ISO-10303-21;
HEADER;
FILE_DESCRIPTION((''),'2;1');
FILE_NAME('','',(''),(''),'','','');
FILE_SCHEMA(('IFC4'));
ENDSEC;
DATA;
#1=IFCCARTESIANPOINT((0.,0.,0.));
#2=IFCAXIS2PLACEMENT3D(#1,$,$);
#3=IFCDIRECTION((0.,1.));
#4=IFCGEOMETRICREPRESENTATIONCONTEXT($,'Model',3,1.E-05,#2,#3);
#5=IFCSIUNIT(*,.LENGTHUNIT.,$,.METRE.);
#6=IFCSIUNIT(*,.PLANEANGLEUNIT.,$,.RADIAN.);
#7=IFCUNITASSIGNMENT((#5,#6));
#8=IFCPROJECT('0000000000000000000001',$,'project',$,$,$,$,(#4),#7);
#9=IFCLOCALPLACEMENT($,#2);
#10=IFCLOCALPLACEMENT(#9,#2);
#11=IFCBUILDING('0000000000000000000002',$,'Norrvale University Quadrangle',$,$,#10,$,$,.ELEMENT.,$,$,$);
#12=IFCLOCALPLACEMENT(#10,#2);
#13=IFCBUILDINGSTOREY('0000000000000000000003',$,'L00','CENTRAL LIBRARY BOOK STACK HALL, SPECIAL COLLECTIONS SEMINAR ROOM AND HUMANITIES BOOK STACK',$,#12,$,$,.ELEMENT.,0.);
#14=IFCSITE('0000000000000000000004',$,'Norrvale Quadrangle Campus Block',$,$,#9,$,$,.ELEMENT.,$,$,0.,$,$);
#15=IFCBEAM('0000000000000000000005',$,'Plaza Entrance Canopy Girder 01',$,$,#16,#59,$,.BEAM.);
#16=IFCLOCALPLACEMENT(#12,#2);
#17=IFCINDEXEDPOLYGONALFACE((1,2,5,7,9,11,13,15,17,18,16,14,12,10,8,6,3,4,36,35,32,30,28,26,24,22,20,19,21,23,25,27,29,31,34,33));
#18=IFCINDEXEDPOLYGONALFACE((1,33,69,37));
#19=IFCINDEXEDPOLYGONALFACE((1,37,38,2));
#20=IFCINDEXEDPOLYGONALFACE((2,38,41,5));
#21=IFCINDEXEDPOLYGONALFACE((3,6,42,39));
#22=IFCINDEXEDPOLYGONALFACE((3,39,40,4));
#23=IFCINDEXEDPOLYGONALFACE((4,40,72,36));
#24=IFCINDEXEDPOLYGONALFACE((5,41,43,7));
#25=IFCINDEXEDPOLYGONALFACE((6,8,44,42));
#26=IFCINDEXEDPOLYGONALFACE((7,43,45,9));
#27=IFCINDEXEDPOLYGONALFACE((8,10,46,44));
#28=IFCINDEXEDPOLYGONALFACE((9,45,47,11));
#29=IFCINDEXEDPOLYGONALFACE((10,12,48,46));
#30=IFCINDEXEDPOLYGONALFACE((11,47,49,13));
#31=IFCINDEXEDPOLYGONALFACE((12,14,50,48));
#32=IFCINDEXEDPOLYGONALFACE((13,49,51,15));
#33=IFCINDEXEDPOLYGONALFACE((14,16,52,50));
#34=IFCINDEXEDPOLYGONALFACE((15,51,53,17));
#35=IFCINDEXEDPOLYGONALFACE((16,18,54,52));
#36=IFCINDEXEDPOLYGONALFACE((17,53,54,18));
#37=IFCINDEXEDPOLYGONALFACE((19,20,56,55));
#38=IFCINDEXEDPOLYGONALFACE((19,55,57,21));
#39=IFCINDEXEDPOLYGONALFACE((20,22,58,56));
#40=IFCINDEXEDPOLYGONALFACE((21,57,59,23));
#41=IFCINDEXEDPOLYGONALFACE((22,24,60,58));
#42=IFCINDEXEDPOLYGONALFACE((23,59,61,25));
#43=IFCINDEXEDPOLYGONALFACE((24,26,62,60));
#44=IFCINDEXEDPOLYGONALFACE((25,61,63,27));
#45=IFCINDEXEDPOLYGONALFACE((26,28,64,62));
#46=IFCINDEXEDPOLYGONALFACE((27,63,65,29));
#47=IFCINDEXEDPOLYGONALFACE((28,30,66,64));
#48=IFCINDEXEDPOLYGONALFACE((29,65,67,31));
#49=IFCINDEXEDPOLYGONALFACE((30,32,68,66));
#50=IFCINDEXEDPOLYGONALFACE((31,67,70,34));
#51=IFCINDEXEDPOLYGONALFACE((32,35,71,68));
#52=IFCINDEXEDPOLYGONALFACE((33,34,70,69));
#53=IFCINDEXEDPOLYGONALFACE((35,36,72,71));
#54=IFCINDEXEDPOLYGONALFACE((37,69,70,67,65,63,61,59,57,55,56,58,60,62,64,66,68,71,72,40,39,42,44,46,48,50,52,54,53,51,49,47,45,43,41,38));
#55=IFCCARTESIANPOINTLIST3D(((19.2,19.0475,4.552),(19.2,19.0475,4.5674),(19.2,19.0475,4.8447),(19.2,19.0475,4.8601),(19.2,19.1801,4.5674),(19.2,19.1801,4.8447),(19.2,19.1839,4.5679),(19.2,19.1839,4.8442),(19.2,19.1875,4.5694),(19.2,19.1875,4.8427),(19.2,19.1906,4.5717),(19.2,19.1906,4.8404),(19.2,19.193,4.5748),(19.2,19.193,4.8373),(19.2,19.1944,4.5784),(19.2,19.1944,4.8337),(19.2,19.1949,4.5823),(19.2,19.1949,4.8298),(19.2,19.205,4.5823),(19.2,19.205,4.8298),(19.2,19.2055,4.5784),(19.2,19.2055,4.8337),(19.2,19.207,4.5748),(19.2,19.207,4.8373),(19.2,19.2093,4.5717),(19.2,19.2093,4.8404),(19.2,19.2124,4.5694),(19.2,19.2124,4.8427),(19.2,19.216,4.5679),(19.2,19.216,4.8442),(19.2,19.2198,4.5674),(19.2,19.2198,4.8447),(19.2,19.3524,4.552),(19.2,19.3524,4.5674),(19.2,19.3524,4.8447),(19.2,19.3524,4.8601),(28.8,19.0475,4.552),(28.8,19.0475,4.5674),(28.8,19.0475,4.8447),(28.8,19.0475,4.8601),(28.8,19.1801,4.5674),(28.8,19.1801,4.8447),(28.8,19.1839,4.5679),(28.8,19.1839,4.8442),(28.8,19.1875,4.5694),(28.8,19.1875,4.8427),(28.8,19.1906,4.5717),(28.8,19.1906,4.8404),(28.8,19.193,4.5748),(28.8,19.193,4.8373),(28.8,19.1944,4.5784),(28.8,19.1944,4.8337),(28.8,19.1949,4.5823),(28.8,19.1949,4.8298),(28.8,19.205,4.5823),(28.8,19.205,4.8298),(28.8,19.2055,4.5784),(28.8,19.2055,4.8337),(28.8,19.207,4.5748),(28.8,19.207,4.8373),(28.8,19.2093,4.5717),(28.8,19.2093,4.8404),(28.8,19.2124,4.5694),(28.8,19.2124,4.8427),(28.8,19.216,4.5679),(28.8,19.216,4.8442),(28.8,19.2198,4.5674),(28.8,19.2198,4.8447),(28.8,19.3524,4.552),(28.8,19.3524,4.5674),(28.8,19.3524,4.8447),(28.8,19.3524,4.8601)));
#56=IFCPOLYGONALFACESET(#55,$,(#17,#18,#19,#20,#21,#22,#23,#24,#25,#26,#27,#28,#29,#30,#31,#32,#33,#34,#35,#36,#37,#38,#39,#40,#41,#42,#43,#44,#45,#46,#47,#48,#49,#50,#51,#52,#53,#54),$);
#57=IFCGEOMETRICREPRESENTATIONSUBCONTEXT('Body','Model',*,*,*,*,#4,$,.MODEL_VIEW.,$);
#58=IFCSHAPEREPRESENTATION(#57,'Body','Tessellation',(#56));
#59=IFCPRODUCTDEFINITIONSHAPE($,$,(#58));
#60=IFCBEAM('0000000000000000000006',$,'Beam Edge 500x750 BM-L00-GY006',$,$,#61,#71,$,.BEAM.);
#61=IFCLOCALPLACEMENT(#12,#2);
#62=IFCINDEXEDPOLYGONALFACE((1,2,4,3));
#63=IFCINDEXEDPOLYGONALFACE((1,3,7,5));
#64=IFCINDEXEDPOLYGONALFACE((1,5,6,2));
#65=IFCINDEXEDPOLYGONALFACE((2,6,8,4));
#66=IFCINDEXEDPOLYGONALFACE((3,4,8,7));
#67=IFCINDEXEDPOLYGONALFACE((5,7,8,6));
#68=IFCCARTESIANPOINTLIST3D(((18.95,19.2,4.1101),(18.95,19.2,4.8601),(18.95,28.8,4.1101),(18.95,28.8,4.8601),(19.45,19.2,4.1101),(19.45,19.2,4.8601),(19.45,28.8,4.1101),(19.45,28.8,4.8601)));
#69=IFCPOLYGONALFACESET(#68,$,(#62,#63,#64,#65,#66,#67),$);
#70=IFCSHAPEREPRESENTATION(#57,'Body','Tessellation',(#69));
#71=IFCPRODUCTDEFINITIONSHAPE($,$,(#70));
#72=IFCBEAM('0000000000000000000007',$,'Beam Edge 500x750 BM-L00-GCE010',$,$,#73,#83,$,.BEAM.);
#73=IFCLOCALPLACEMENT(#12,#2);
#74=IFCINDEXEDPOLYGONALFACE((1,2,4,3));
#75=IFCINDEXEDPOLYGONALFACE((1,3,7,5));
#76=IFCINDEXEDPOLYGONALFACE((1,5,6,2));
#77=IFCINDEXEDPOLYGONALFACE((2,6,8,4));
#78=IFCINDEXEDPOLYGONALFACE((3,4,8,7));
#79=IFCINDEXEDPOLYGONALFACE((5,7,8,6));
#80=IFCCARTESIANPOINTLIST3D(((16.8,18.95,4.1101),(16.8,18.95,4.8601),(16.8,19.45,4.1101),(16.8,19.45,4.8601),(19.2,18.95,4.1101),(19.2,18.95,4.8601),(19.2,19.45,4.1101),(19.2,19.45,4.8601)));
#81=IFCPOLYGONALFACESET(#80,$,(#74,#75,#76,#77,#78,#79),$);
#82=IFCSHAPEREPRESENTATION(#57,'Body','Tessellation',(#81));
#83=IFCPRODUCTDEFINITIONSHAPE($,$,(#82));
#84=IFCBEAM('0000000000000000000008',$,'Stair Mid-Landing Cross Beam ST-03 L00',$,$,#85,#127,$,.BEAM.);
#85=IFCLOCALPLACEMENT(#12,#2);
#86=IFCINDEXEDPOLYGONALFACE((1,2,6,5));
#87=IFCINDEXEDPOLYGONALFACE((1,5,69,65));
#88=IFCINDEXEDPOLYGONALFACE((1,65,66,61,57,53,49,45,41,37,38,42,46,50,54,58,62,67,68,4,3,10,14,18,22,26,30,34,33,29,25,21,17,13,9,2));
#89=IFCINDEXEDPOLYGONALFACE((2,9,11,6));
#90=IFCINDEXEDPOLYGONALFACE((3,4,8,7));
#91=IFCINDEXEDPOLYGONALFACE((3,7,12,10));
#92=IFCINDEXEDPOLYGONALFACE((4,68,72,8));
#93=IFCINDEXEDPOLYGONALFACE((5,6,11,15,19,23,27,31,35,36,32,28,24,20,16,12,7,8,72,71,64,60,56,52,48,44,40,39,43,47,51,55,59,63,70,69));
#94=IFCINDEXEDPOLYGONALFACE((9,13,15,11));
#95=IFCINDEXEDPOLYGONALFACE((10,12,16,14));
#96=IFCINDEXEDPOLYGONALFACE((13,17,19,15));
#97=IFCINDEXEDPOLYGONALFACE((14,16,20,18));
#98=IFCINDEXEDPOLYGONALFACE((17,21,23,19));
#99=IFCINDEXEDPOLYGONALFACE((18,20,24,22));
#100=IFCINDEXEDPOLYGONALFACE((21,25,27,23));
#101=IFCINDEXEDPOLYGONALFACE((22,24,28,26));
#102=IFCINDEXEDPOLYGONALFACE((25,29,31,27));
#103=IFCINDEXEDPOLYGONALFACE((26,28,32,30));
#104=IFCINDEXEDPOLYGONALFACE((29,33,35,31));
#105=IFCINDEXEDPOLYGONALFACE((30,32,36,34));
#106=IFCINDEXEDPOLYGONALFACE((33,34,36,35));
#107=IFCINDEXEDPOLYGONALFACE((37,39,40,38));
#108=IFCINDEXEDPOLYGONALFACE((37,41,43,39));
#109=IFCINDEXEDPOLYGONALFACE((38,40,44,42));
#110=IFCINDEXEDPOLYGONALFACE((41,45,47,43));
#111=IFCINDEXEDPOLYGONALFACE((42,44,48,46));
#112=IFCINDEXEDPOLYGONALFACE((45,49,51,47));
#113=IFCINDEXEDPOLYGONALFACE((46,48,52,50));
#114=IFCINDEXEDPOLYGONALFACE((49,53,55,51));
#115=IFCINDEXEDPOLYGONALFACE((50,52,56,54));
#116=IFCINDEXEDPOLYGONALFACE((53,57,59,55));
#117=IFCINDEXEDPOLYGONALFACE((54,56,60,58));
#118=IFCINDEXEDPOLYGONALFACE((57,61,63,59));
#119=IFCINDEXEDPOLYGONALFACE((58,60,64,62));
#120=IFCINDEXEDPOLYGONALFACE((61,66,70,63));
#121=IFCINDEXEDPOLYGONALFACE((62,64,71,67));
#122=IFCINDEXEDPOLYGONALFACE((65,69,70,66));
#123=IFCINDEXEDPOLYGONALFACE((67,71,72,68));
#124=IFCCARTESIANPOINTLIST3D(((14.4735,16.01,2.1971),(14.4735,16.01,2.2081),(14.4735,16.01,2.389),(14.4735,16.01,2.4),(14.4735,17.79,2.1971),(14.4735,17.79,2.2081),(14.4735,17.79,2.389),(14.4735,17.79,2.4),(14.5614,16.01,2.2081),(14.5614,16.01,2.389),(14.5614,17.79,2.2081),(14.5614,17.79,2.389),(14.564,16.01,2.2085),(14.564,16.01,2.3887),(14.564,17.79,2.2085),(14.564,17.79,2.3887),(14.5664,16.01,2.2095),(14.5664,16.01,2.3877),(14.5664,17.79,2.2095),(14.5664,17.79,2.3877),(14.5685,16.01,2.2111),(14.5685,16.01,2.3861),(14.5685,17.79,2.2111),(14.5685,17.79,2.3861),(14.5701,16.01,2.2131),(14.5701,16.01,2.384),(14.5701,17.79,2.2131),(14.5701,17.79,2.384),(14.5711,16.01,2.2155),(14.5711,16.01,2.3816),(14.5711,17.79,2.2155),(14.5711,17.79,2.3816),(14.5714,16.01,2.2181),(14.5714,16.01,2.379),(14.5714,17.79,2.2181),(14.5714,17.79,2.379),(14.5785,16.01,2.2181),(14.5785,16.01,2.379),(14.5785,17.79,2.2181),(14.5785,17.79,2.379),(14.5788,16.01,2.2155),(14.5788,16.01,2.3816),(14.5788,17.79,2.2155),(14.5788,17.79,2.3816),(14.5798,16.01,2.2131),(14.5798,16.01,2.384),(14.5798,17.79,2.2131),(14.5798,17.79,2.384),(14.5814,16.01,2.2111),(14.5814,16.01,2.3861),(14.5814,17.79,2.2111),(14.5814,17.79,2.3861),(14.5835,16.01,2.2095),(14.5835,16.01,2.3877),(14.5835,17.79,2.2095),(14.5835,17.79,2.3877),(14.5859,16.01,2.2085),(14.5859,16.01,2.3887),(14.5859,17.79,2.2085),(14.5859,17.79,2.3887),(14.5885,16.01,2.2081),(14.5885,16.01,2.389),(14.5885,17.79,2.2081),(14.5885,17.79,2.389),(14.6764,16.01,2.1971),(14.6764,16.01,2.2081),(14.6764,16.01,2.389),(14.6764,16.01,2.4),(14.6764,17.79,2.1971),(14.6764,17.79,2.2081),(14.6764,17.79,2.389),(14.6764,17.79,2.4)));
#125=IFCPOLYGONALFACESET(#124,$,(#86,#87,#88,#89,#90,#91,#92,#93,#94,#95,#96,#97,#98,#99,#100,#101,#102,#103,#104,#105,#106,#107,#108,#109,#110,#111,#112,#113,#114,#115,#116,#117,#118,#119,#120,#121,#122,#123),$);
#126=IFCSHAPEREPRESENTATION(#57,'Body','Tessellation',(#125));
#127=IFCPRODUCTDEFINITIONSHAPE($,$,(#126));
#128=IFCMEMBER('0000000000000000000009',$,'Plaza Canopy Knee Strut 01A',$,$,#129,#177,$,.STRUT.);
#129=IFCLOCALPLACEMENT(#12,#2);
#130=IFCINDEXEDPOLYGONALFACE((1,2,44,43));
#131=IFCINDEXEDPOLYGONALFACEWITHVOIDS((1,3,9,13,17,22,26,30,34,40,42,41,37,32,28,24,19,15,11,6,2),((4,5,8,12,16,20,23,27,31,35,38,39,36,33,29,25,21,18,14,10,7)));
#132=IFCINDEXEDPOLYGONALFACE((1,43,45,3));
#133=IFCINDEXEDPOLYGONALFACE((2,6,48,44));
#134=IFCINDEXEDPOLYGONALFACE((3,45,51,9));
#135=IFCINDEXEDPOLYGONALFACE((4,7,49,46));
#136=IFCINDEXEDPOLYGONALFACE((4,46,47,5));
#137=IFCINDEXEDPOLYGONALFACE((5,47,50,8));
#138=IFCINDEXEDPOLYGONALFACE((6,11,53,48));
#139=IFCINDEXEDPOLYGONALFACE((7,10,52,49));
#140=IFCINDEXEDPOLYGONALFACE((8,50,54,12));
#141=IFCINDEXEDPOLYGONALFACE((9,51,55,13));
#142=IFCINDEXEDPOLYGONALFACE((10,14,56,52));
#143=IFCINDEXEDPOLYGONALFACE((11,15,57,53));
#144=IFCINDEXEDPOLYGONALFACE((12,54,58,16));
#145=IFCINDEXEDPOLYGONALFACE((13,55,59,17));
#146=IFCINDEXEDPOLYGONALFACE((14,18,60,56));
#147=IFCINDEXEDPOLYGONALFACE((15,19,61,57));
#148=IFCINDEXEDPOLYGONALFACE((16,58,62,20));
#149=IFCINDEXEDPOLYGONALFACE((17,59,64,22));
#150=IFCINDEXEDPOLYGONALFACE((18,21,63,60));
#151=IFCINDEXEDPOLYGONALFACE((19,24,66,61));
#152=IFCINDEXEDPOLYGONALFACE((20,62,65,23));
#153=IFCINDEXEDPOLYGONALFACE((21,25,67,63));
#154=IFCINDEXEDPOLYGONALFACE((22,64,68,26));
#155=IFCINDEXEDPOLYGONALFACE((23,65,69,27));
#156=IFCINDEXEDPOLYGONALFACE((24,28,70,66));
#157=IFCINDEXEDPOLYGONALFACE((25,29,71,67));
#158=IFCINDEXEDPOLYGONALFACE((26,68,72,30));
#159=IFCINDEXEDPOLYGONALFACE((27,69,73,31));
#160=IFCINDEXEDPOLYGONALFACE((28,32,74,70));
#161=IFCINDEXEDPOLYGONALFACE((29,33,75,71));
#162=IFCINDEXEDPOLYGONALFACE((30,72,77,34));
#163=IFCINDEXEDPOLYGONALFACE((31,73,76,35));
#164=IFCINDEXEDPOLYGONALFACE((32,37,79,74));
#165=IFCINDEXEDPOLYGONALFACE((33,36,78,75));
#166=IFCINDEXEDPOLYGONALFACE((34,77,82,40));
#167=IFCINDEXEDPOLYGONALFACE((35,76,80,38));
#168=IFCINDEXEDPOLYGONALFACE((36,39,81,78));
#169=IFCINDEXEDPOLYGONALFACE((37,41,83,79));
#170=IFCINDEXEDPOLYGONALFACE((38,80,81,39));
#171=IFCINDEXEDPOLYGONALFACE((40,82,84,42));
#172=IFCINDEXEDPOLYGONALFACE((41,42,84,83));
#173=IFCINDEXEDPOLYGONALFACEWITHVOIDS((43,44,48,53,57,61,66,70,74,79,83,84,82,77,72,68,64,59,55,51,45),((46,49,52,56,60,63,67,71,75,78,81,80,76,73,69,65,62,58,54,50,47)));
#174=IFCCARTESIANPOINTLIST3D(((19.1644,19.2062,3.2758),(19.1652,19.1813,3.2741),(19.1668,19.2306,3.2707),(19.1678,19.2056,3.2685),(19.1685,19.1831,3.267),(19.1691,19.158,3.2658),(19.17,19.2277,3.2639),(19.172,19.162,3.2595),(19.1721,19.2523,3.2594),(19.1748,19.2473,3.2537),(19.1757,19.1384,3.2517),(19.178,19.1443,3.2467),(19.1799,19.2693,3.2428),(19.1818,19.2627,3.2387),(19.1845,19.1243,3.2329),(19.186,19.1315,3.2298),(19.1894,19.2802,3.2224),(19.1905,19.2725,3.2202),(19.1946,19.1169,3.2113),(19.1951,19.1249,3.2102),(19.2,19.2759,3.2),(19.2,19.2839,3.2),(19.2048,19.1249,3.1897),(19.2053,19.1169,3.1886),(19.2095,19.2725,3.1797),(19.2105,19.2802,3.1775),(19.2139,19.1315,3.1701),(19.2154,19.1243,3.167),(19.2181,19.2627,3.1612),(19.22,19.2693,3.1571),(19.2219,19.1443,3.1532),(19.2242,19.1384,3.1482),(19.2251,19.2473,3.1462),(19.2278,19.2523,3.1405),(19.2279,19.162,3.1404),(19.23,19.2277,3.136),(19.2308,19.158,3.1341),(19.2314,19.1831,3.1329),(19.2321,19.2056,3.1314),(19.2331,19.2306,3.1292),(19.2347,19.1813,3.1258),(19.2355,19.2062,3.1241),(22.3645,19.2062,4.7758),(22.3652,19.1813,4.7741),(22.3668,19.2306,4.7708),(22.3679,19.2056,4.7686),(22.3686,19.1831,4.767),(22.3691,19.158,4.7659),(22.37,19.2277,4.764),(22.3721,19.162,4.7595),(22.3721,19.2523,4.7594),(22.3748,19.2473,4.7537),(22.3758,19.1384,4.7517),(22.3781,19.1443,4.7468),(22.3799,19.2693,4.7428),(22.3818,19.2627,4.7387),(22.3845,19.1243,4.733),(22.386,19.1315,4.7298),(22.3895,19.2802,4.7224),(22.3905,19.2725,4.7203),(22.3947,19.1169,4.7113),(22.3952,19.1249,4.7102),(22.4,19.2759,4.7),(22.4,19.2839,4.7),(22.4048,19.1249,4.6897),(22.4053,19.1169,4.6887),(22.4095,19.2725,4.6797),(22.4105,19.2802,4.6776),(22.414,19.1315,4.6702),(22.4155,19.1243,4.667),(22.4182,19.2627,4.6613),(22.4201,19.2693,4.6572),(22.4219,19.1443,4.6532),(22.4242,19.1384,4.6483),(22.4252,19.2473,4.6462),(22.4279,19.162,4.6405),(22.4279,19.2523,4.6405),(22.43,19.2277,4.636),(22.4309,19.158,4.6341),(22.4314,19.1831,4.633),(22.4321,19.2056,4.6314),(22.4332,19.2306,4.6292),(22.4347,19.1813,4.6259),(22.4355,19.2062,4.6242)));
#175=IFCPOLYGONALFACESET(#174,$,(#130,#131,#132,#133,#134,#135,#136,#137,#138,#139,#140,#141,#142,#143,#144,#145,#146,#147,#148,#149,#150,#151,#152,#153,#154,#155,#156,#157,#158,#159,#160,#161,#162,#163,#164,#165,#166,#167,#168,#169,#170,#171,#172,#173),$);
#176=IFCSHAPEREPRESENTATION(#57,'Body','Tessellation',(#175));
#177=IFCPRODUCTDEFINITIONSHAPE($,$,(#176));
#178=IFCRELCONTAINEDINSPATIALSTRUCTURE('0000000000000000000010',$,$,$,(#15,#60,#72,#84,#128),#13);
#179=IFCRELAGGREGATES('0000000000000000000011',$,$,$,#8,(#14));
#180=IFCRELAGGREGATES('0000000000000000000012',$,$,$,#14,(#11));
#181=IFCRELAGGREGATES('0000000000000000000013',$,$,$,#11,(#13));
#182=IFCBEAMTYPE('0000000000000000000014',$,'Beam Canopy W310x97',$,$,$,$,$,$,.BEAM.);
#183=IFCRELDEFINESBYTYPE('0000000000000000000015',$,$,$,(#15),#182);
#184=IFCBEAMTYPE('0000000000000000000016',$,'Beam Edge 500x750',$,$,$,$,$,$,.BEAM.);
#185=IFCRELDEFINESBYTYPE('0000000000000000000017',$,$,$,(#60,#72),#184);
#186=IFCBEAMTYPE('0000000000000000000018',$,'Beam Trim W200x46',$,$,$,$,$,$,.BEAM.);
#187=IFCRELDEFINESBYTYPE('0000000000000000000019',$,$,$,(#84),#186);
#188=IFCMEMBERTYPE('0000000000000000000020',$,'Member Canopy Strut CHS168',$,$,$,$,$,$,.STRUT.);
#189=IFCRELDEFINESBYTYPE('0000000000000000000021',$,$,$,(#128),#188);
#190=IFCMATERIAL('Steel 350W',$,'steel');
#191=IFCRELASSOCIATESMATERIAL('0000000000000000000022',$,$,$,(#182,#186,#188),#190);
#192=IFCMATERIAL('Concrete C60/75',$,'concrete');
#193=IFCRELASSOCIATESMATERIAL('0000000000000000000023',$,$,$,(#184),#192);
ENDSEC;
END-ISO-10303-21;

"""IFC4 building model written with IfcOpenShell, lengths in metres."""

from ifc_helpers import new_model, si_unit, direction, frame, origin, origin_2d, place, context, subcontext, project, spatial, rectangle, hollow_circle, i_section, extrude, material, material_profile, profile_set, type_object, element, save


model = new_model("IFC4")

# Units and contexts
model_context = context("Model", 3, precision=1e-05, world=origin(), true_north=direction((0.0, 1.0)))
body_context = subcontext(model_context, "Body", "Model", "MODEL_VIEW")
ifc_project = project(units=[si_unit("LENGTHUNIT", "METRE"), si_unit("PLANEANGLEUNIT", "RADIAN")], contexts=[model_context])

# Site, building, storey
site_placement = place(None, origin())
site = spatial("IfcSite", under=ifc_project, at=site_placement, Name="Norrvale Quadrangle Campus Block", CompositionType="ELEMENT", RefElevation=0.0)
building_placement = place(site_placement, origin())
building = spatial("IfcBuilding", under=site, at=building_placement, Name="Norrvale University Quadrangle", CompositionType="ELEMENT")
storey_placement = place(building_placement, origin())
storey = spatial("IfcBuildingStorey", under=building, at=storey_placement, Name="L00", Description="CENTRAL LIBRARY BOOK STACK HALL, SPECIAL COLLECTIONS SEMINAR ROOM AND HUMANITIES BOOK STACK", CompositionType="ELEMENT", Elevation=0.0)

# Beams
ifc_material_1 = material(Name="Steel 350W", Category="steel")
ifc_material_profile_1 = material_profile(ifc_material_1, i_section(OverallWidth=0.3049, OverallDepth=0.3081, WebThickness=0.01, FlangeThickness=0.0154, FilletRadius=0.0149, at=origin_2d()), Name="Steel 350W")
ifc_profile_set_1 = profile_set([ifc_material_profile_1], Name="Steel 350W")
beam_type_1 = type_object("IfcBeamType", Name="Beam Canopy W310x97", PredefinedType="BEAM", material=ifc_profile_set_1)
beam_1_placement = place(storey_placement, frame((19.2, 19.2, 4.7061), z_axis=(1.0, 0.0, 0.0), x_axis=(0.0, 1.0, 0.0)))
element("IfcBeam", 1, at=beam_1_placement, inside=storey, type_object=beam_type_1, Name="Plaza Entrance Canopy Girder 01", PredefinedType="BEAM", context=body_context, shape_type="SweptSolid", body=[
    extrude(i_section(OverallWidth=0.3049, OverallDepth=0.3081, WebThickness=0.01, FlangeThickness=0.0154, FilletRadius=0.0149, at=origin_2d()), origin(), (0.0, 0.0, 1.0), 9.6001),
])
ifc_material_2 = material(Name="Concrete C60/75", Category="concrete")
ifc_material_profile_2 = material_profile(ifc_material_2, rectangle(XDim=0.5, YDim=0.75, at=origin_2d()), Name="Concrete C60/75")
ifc_profile_set_2 = profile_set([ifc_material_profile_2], Name="Concrete C60/75")
beam_type_2 = type_object("IfcBeamType", Name="Beam Edge 500x750", PredefinedType="BEAM", material=ifc_profile_set_2)
beam_2_placement = place(storey_placement, frame((19.2, 19.2, 4.4851), z_axis=(0.0, 1.0, 0.0), x_axis=(-1.0, 0.0, 0.0)))
element("IfcBeam", 2, at=beam_2_placement, inside=storey, type_object=beam_type_2, Name="Beam Edge 500x750 BM-L00-GY006", PredefinedType="BEAM", context=body_context, shape_type="SweptSolid", body=[
    extrude(rectangle(XDim=0.5, YDim=0.75, at=origin_2d()), origin(), (0.0, 0.0, 1.0), 9.6001),
])
beam_3_placement = place(storey_placement, frame((16.8, 19.2, 4.4851), z_axis=(1.0, 0.0, 0.0), x_axis=(0.0, 1.0, 0.0)))
element("IfcBeam", 3, at=beam_3_placement, inside=storey, type_object=beam_type_2, Name="Beam Edge 500x750 BM-L00-GCE010", PredefinedType="BEAM", context=body_context, shape_type="SweptSolid", body=[
    extrude(rectangle(XDim=0.5, YDim=0.75, at=origin_2d()), origin(), (0.0, 0.0, 1.0), 2.3999),
])
ifc_material_profile_3 = material_profile(ifc_material_1, i_section(OverallWidth=0.2029, OverallDepth=0.2029, WebThickness=0.0071, FlangeThickness=0.011, FilletRadius=0.01, at=origin_2d()), Name="Steel 350W")
ifc_profile_set_3 = profile_set([ifc_material_profile_3], Name="Steel 350W")
beam_type_3 = type_object("IfcBeamType", Name="Beam Trim W200x46", PredefinedType="BEAM", material=ifc_profile_set_3)
beam_4_placement = place(storey_placement, frame((14.575, 16.01, 2.2986), z_axis=(0.0, 1.0, 0.0), x_axis=(-1.0, 0.0, 0.0)))
element("IfcBeam", 4, at=beam_4_placement, inside=storey, type_object=beam_type_3, Name="Stair Mid-Landing Cross Beam ST-03 L00", PredefinedType="BEAM", context=body_context, shape_type="SweptSolid", body=[
    extrude(i_section(OverallWidth=0.2029, OverallDepth=0.2029, WebThickness=0.0071, FlangeThickness=0.011, FilletRadius=0.01, at=origin_2d()), origin(), (0.0, 0.0, 1.0), 1.78),
])

# Member
ifc_material_profile_4 = material_profile(ifc_material_1, hollow_circle(Radius=0.084, WallThickness=0.0081, at=origin_2d()), Name="Steel 350W")
ifc_profile_set_4 = profile_set([ifc_material_profile_4], Name="Steel 350W")
member_type_1 = type_object("IfcMemberType", Name="Member Canopy Strut CHS168", PredefinedType="STRUT", material=ifc_profile_set_4)
member_1_placement = place(storey_placement, frame((19.2, 19.2, 3.2), z_axis=(0.905456, 0.0, 0.424439), x_axis=(0.0, 1.0, 0.0)))
element("IfcMember", 5, at=member_1_placement, inside=storey, type_object=member_type_1, Name="Plaza Canopy Knee Strut 01A", PredefinedType="STRUT", context=body_context, shape_type="SweptSolid", body=[
    extrude(hollow_circle(Radius=0.084, WallThickness=0.0081, at=origin_2d()), origin(), (0.0, 0.0, 1.0), 3.5342),
])

save(model, "model.ifc")
